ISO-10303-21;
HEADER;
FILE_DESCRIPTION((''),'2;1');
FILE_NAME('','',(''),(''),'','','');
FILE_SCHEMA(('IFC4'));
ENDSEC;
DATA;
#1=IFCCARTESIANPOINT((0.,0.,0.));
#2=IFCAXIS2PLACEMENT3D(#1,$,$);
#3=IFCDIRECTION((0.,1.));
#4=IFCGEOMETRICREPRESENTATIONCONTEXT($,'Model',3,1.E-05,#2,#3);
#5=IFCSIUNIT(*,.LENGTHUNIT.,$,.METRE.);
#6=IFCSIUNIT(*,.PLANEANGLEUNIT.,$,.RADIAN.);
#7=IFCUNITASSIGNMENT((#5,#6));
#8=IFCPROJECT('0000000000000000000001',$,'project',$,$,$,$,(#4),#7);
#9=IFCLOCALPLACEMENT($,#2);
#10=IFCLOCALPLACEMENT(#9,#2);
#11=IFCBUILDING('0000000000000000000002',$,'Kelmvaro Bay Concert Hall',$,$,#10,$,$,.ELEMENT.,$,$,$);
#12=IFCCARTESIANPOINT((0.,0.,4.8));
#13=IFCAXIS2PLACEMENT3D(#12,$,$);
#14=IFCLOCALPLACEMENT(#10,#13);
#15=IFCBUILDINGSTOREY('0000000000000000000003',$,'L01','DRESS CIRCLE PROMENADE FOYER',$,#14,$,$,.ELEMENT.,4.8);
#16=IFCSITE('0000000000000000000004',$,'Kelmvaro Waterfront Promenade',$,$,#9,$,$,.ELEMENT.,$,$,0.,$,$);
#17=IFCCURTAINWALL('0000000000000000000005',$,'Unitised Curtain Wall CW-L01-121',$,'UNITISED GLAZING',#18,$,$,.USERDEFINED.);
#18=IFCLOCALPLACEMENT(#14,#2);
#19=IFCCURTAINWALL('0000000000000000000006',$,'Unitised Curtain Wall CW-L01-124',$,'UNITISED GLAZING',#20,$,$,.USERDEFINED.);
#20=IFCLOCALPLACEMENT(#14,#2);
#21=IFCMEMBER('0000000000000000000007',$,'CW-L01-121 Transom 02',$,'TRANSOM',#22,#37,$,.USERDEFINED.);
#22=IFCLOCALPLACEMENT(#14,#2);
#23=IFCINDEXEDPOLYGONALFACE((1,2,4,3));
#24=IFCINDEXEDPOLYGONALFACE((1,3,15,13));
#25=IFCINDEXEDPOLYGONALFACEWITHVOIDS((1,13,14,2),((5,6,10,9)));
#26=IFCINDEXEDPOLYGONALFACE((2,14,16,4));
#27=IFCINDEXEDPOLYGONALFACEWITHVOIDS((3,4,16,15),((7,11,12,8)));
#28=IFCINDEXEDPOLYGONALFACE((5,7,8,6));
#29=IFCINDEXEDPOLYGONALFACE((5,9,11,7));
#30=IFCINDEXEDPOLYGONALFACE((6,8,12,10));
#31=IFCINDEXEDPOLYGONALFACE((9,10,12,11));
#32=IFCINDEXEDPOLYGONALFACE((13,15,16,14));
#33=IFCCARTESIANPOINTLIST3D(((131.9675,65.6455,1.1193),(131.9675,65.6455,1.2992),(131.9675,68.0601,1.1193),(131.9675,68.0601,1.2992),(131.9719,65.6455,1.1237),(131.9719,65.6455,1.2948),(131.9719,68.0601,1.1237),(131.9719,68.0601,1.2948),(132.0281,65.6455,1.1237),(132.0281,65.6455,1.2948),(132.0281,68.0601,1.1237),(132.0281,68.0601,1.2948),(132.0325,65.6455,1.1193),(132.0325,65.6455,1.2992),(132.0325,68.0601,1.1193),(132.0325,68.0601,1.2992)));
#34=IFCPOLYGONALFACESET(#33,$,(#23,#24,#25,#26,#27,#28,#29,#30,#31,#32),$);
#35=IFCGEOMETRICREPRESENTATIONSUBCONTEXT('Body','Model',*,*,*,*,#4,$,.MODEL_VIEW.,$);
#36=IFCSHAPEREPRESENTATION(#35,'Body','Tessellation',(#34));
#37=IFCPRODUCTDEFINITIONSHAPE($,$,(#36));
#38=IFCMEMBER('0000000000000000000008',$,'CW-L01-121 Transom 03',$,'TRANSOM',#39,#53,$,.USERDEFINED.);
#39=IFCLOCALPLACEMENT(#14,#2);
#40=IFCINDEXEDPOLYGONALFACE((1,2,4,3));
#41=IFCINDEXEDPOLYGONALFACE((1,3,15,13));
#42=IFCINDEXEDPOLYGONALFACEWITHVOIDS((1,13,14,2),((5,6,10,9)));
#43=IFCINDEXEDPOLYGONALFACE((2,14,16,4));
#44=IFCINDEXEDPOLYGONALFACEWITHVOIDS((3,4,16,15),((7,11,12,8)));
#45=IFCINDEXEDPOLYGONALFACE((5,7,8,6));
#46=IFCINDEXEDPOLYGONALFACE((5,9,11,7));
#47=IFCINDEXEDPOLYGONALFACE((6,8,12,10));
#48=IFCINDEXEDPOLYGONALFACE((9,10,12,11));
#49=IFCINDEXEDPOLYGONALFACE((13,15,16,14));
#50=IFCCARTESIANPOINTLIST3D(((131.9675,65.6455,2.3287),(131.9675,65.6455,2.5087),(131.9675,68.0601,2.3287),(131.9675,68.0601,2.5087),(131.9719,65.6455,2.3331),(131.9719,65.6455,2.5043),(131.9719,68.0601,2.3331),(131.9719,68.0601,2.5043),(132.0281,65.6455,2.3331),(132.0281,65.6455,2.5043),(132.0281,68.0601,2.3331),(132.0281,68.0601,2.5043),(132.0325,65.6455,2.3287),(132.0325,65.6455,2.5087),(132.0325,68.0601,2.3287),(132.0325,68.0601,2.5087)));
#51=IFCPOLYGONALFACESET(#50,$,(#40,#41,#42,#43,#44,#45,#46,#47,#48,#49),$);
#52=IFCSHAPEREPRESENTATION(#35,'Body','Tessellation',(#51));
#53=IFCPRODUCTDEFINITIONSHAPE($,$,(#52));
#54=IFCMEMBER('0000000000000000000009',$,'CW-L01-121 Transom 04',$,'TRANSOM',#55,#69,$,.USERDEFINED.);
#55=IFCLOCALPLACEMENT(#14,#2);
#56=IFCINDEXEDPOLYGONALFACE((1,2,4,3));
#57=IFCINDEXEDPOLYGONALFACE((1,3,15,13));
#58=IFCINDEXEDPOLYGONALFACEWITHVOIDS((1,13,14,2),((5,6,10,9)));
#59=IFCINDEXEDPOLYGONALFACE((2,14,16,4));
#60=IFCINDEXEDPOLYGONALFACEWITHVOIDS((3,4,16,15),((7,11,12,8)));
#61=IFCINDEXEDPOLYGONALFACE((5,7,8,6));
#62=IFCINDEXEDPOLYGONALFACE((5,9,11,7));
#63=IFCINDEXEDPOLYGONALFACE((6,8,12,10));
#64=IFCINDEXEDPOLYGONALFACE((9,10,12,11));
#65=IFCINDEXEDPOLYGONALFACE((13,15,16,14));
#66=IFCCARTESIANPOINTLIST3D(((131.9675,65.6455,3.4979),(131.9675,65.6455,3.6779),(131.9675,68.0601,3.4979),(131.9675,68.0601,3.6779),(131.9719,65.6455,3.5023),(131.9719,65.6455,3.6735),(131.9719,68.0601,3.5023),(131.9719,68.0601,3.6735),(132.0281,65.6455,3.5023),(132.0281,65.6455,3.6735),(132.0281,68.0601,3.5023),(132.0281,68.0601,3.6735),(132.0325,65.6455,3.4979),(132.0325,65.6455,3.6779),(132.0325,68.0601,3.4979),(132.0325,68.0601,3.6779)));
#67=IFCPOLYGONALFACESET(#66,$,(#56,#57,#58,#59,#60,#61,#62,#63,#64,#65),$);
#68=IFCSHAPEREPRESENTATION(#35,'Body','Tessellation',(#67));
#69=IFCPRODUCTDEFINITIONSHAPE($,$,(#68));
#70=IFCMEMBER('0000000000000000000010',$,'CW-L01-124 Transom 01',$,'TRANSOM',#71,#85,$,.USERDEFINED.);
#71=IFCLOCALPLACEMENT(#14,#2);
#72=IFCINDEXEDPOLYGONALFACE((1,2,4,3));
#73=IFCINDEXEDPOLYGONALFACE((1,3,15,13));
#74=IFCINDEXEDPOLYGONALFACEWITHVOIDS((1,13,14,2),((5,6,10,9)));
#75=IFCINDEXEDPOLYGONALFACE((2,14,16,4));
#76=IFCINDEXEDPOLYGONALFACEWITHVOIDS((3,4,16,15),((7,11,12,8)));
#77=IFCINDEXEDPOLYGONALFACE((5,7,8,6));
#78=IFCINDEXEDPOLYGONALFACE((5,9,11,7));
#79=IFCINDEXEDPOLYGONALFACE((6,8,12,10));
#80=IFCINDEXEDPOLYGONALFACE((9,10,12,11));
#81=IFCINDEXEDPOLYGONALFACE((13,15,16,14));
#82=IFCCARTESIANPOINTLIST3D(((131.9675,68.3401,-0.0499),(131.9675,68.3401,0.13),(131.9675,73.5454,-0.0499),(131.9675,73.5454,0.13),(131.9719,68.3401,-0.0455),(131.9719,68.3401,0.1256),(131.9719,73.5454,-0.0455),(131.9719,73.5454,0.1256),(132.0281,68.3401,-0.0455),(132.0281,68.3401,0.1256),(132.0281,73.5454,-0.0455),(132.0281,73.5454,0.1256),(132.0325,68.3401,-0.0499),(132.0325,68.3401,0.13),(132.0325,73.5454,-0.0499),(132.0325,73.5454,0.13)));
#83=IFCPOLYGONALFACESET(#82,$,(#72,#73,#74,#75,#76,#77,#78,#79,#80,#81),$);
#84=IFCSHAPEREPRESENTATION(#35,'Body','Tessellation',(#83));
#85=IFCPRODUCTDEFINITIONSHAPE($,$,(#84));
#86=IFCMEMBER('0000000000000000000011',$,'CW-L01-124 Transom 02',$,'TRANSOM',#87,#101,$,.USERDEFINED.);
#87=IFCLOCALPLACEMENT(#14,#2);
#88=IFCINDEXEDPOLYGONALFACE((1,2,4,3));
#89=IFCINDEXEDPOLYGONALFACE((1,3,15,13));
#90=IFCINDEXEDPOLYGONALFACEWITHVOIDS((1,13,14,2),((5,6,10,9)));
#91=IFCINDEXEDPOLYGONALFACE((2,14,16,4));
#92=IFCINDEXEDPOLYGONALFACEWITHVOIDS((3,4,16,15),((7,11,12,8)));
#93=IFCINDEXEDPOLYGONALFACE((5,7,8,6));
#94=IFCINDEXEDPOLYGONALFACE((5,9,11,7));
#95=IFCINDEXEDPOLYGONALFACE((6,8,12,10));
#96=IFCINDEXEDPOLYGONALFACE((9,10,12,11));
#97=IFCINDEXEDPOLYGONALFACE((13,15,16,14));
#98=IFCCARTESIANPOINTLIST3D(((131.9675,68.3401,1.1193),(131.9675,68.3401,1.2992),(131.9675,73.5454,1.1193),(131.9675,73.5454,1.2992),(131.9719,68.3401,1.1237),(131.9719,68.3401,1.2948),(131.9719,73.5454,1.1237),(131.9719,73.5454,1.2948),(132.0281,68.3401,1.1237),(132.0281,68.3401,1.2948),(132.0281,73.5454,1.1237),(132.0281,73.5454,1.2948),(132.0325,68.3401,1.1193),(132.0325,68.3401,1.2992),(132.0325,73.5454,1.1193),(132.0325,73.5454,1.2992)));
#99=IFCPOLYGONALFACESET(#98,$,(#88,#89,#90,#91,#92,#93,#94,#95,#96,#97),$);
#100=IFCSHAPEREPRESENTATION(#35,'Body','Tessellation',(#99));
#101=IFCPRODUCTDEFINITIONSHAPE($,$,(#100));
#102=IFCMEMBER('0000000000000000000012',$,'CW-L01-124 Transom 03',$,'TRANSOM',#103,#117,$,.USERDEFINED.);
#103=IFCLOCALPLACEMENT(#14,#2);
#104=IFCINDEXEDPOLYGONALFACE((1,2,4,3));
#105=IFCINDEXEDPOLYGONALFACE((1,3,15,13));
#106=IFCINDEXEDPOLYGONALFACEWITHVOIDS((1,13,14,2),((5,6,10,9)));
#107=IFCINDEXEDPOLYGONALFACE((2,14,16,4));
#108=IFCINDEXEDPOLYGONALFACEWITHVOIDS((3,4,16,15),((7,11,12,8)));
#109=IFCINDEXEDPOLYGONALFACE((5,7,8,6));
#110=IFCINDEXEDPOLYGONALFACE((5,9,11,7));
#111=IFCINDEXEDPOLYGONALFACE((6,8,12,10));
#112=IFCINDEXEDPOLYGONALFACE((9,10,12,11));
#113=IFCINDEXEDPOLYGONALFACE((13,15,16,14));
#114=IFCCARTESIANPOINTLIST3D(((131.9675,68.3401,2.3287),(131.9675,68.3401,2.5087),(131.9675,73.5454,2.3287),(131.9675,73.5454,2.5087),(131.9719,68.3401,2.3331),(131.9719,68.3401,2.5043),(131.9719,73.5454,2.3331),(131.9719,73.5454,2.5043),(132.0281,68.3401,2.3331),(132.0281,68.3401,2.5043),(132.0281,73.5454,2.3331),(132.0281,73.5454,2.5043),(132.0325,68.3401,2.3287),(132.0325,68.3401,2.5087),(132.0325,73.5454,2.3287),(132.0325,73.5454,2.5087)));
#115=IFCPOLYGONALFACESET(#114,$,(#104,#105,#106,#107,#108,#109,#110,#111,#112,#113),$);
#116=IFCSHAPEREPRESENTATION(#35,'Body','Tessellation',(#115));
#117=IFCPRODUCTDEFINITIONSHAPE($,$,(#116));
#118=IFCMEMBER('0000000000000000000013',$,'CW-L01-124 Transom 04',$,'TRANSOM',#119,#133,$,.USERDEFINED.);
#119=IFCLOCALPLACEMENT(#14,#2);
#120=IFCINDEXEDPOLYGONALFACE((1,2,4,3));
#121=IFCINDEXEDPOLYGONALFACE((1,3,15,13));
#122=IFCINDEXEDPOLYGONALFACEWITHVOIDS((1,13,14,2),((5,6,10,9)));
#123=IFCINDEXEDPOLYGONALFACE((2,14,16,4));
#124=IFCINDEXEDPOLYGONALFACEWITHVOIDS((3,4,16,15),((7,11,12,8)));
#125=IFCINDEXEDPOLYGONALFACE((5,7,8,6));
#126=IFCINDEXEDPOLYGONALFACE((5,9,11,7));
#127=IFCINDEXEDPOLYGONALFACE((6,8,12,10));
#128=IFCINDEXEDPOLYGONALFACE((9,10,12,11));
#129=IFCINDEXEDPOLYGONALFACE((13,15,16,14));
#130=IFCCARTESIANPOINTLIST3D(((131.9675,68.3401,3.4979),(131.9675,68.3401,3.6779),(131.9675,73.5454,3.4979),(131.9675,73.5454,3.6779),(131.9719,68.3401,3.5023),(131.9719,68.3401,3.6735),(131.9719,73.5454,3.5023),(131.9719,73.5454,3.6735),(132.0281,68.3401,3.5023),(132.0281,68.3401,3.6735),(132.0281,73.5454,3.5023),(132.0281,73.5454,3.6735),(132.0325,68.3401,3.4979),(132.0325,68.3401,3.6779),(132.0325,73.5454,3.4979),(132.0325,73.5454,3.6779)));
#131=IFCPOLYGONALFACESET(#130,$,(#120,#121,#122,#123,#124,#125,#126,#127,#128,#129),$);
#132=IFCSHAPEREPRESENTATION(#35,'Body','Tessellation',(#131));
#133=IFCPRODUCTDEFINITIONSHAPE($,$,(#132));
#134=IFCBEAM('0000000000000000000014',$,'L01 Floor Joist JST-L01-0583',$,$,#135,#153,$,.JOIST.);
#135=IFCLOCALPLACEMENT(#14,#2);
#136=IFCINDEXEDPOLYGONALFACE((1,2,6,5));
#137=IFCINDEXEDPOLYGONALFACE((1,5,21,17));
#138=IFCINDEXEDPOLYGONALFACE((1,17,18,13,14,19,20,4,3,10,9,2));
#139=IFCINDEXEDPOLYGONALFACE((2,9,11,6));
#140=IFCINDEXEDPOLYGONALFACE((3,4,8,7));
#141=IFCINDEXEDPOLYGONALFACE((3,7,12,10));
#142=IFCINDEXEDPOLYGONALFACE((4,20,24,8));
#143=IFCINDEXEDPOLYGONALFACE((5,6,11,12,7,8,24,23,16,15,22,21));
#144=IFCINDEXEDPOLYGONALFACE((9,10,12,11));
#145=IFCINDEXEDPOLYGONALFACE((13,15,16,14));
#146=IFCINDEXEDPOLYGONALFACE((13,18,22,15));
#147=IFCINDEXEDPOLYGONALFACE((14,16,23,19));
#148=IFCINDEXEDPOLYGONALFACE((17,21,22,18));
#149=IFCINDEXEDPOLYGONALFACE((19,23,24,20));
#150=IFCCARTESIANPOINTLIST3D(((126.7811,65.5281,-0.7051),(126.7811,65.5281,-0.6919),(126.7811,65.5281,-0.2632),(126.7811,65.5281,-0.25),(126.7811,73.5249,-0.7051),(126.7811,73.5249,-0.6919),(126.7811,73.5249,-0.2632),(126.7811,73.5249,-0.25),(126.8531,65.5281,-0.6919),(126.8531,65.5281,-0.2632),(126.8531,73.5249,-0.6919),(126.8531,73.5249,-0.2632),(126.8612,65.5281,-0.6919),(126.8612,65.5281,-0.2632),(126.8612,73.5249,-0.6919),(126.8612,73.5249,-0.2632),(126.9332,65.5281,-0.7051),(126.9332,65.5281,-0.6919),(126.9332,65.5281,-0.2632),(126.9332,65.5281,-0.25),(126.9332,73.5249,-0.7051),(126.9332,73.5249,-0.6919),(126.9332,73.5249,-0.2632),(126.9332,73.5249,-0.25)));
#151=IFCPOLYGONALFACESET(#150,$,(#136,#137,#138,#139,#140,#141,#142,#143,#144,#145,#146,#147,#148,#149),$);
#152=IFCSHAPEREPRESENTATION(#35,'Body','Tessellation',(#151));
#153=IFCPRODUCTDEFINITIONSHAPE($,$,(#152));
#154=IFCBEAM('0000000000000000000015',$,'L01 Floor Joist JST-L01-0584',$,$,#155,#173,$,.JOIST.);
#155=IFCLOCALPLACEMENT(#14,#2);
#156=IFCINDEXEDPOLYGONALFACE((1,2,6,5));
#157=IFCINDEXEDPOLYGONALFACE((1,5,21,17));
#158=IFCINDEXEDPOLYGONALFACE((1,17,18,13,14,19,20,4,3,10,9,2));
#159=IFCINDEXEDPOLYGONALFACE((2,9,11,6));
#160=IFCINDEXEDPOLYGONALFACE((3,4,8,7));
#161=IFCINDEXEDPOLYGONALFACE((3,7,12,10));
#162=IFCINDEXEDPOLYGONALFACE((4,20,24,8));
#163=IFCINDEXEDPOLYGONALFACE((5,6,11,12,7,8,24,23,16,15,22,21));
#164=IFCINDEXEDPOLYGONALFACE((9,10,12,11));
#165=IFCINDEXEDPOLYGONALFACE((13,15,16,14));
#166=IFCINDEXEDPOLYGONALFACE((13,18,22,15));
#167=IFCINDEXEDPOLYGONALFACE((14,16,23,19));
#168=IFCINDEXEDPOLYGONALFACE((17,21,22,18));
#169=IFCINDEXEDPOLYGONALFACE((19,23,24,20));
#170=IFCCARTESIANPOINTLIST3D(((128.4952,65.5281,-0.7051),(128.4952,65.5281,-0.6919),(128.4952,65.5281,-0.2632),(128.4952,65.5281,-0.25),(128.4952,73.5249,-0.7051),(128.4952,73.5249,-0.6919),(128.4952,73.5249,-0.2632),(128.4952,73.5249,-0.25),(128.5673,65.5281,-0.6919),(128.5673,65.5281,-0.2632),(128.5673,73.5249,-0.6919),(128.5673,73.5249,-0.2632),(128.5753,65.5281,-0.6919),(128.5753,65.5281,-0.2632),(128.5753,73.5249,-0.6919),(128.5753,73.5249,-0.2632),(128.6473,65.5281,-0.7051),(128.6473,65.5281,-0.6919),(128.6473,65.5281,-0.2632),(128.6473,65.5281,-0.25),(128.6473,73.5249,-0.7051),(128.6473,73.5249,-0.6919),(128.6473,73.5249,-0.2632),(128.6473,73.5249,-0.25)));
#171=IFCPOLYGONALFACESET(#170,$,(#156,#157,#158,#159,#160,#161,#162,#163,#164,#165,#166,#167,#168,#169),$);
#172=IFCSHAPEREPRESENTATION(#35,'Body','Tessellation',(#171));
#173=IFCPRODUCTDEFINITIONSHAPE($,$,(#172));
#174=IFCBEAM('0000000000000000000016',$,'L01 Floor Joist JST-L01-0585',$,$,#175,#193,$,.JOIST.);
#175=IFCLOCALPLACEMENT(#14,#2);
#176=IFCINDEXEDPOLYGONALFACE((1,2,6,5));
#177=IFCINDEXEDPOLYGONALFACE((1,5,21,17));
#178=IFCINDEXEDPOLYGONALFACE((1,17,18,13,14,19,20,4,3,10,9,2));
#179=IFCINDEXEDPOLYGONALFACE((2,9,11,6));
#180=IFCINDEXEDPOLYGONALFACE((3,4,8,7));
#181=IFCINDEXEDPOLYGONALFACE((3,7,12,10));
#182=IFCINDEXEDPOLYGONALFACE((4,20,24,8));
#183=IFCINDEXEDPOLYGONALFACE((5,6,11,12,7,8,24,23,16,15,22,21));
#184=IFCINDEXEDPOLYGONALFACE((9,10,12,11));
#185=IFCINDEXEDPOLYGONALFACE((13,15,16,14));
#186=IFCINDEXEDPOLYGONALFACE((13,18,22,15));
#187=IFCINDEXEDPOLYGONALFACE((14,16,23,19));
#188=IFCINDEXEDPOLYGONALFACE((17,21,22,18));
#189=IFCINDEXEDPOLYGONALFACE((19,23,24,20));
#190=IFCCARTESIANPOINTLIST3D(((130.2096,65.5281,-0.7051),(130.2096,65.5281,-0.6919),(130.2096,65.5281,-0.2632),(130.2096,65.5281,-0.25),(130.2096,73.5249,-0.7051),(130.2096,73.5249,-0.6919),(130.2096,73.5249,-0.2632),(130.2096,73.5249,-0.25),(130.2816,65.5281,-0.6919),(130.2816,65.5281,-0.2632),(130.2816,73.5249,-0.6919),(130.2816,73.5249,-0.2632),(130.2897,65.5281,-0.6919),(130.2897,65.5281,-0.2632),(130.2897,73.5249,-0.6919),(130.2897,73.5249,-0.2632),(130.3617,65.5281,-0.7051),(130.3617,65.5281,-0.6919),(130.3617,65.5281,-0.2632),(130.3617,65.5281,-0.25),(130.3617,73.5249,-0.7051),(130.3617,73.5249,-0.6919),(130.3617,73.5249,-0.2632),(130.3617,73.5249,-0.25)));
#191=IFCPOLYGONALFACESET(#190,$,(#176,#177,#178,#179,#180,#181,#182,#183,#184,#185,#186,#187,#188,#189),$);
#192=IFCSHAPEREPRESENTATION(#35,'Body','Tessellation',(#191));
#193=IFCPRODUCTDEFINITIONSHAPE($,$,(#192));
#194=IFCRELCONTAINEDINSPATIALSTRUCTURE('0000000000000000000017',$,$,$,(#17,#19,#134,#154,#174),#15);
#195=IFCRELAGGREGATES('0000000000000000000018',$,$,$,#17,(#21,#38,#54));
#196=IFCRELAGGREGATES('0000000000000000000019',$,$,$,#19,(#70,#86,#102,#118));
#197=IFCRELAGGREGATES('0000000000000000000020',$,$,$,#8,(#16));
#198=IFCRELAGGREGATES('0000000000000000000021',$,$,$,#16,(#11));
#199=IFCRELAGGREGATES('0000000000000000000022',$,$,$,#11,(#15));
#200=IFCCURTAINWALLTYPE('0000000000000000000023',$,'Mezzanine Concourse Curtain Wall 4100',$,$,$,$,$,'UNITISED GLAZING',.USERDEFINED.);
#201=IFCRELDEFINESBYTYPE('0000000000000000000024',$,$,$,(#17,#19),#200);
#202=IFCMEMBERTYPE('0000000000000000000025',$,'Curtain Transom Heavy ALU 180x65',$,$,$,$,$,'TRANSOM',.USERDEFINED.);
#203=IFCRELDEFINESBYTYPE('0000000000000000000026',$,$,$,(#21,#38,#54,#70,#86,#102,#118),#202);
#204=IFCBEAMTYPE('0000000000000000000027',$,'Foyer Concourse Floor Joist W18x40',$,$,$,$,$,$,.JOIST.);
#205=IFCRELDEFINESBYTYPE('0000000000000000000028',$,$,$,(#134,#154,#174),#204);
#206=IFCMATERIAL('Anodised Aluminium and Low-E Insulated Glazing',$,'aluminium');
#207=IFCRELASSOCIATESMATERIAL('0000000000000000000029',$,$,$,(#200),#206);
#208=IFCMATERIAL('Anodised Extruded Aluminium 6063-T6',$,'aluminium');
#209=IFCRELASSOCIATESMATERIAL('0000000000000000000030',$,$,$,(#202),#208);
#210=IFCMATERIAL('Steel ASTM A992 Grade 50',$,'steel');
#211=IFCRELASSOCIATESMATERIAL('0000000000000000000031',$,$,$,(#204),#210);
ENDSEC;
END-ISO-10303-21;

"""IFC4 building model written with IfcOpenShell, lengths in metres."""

from ifc_helpers import new_model, si_unit, direction, frame, origin, origin_2d, place, context, subcontext, project, spatial, hollow_rectangle, i_section, extrude, material, material_profile, profile_set, type_object, element, aggregate, save


model = new_model("IFC4")

# Units and contexts
model_context = context("Model", 3, precision=1e-05, world=origin(), true_north=direction((0.0, 1.0)))
body_context = subcontext(model_context, "Body", "Model", "MODEL_VIEW")
ifc_project = project(units=[si_unit("LENGTHUNIT", "METRE"), si_unit("PLANEANGLEUNIT", "RADIAN")], contexts=[model_context])

# Site, building, storey
site_placement = place(None, origin())
site = spatial("IfcSite", under=ifc_project, at=site_placement, Name="Kelmvaro Waterfront Promenade", CompositionType="ELEMENT", RefElevation=0.0)
building_placement = place(site_placement, origin())
building = spatial("IfcBuilding", under=site, at=building_placement, Name="Kelmvaro Bay Concert Hall", CompositionType="ELEMENT")
storey_placement = place(building_placement, frame((0.0, 0.0, 4.8)))
storey = spatial("IfcBuildingStorey", under=building, at=storey_placement, Name="L01", Description="DRESS CIRCLE PROMENADE FOYER", CompositionType="ELEMENT", Elevation=4.8)

# Curtain walls
ifc_material_1 = material(Name="Anodised Aluminium and Low-E Insulated Glazing", Category="aluminium")
curtain_wall_type = type_object("IfcCurtainWallType", Name="Mezzanine Concourse Curtain Wall 4100", ElementType="UNITISED GLAZING", PredefinedType="USERDEFINED", material=ifc_material_1)
curtain_wall_1_placement = place(storey_placement, origin())
curtain_wall_1 = element("IfcCurtainWall", 1, at=curtain_wall_1_placement, inside=storey, type_object=curtain_wall_type, Name="Unitised Curtain Wall CW-L01-121", ObjectType="UNITISED GLAZING", PredefinedType="USERDEFINED")
curtain_wall_2_placement = place(storey_placement, origin())
curtain_wall_2 = element("IfcCurtainWall", 2, at=curtain_wall_2_placement, inside=storey, type_object=curtain_wall_type, Name="Unitised Curtain Wall CW-L01-124", ObjectType="UNITISED GLAZING", PredefinedType="USERDEFINED")

# Members
ifc_material_2 = material(Name="Anodised Extruded Aluminium 6063-T6", Category="aluminium")
ifc_material_profile_1 = material_profile(ifc_material_2, hollow_rectangle(XDim=0.0649, YDim=0.1799, WallThickness=0.0044, at=origin_2d()), Name="ALU-TRN-180X65")
ifc_profile_set_1 = profile_set([ifc_material_profile_1], Name="Anodised Extruded Aluminium 6063-T6")
member_type_1 = type_object("IfcMemberType", Name="Curtain Transom Heavy ALU 180x65", ElementType="TRANSOM", PredefinedType="USERDEFINED", material=ifc_profile_set_1)
member_1_placement = place(storey_placement, frame((132.0, 68.0601, 1.2092), z_axis=(0.0, -1.0, 0.0), x_axis=(1.0, 0.0, 0.0)))
member_1 = element("IfcMember", 3, at=member_1_placement, type_object=member_type_1, Name="CW-L01-121 Transom 02", ObjectType="TRANSOM", PredefinedType="USERDEFINED", context=body_context, shape_type="SweptSolid", body=[
    extrude(hollow_rectangle(XDim=0.0649, YDim=0.1799, WallThickness=0.0044, at=origin_2d()), origin(), (0.0, 0.0, 1.0), 2.4146),
])
member_2_placement = place(storey_placement, frame((132.0, 68.0601, 2.4187), z_axis=(0.0, -1.0, 0.0), x_axis=(1.0, 0.0, 0.0)))
member_2 = element("IfcMember", 4, at=member_2_placement, type_object=member_type_1, Name="CW-L01-121 Transom 03", ObjectType="TRANSOM", PredefinedType="USERDEFINED", context=body_context, shape_type="SweptSolid", body=[
    extrude(hollow_rectangle(XDim=0.0649, YDim=0.1799, WallThickness=0.0044, at=origin_2d()), origin(), (0.0, 0.0, 1.0), 2.4146),
])
member_3_placement = place(storey_placement, frame((132.0, 68.0601, 3.5879), z_axis=(0.0, -1.0, 0.0), x_axis=(1.0, 0.0, 0.0)))
member_3 = element("IfcMember", 5, at=member_3_placement, type_object=member_type_1, Name="CW-L01-121 Transom 04", ObjectType="TRANSOM", PredefinedType="USERDEFINED", context=body_context, shape_type="SweptSolid", body=[
    extrude(hollow_rectangle(XDim=0.0649, YDim=0.1799, WallThickness=0.0044, at=origin_2d()), origin(), (0.0, 0.0, 1.0), 2.4146),
])
member_4_placement = place(storey_placement, frame((132.0, 73.5454, 0.04), z_axis=(0.0, -1.0, 0.0), x_axis=(1.0, 0.0, 0.0)))
member_4 = element("IfcMember", 6, at=member_4_placement, type_object=member_type_1, Name="CW-L01-124 Transom 01", ObjectType="TRANSOM", PredefinedType="USERDEFINED", context=body_context, shape_type="SweptSolid", body=[
    extrude(hollow_rectangle(XDim=0.0649, YDim=0.1799, WallThickness=0.0044, at=origin_2d()), origin(), (0.0, 0.0, 1.0), 5.2053),
])
member_5_placement = place(storey_placement, frame((132.0, 73.5454, 1.2092), z_axis=(0.0, -1.0, 0.0), x_axis=(1.0, 0.0, 0.0)))
member_5 = element("IfcMember", 7, at=member_5_placement, type_object=member_type_1, Name="CW-L01-124 Transom 02", ObjectType="TRANSOM", PredefinedType="USERDEFINED", context=body_context, shape_type="SweptSolid", body=[
    extrude(hollow_rectangle(XDim=0.0649, YDim=0.1799, WallThickness=0.0044, at=origin_2d()), origin(), (0.0, 0.0, 1.0), 5.2053),
])
member_6_placement = place(storey_placement, frame((132.0, 73.5454, 2.4187), z_axis=(0.0, -1.0, 0.0), x_axis=(1.0, 0.0, 0.0)))
member_6 = element("IfcMember", 8, at=member_6_placement, type_object=member_type_1, Name="CW-L01-124 Transom 03", ObjectType="TRANSOM", PredefinedType="USERDEFINED", context=body_context, shape_type="SweptSolid", body=[
    extrude(hollow_rectangle(XDim=0.0649, YDim=0.1799, WallThickness=0.0044, at=origin_2d()), origin(), (0.0, 0.0, 1.0), 5.2053),
])
member_7_placement = place(storey_placement, frame((132.0, 73.5454, 3.5879), z_axis=(0.0, -1.0, 0.0), x_axis=(1.0, 0.0, 0.0)))
member_7 = element("IfcMember", 9, at=member_7_placement, type_object=member_type_1, Name="CW-L01-124 Transom 04", ObjectType="TRANSOM", PredefinedType="USERDEFINED", context=body_context, shape_type="SweptSolid", body=[
    extrude(hollow_rectangle(XDim=0.0649, YDim=0.1799, WallThickness=0.0044, at=origin_2d()), origin(), (0.0, 0.0, 1.0), 5.2053),
])

# Beams
ifc_material_3 = material(Name="Steel ASTM A992 Grade 50", Category="steel")
ifc_material_profile_2 = material_profile(ifc_material_3, i_section(OverallWidth=0.1521, OverallDepth=0.4551, WebThickness=0.0081, FlangeThickness=0.0132, at=origin_2d()), Name="W18X40")
ifc_profile_set_2 = profile_set([ifc_material_profile_2], Name="Steel ASTM A992 Grade 50")
beam_type_1 = type_object("IfcBeamType", Name="Foyer Concourse Floor Joist W18x40", PredefinedType="JOIST", material=ifc_profile_set_2)
for number, where, z_axis, x_axis, name in (
    (10, (126.8572, 65.5281, -0.4775), (0.0, 1.0, 0.0), (-1.0, 0.0, 0.0), "L01 Floor Joist JST-L01-0583"),
    (11, (128.5713, 65.5281, -0.4775), (0.0, 1.0, 0.0), (-1.0, 0.0, 0.0), "L01 Floor Joist JST-L01-0584"),
    (12, (130.2856, 65.5281, -0.4775), (0.0, 1.0, 0.0), (-1.0, 0.0, 0.0), "L01 Floor Joist JST-L01-0585"),
):
    element("IfcBeam", number, at=place(storey_placement, frame(where, z_axis=z_axis, x_axis=x_axis)), inside=storey, type_object=beam_type_1, Name=name, PredefinedType="JOIST", context=body_context, shape_type="SweptSolid", body=[
        extrude(i_section(OverallWidth=0.1521, OverallDepth=0.4551, WebThickness=0.0081, FlangeThickness=0.0132, at=origin_2d()), origin(), (0.0, 0.0, 1.0), 7.9968),
    ])

aggregate(curtain_wall_1, [member_1, member_2, member_3])
aggregate(curtain_wall_2, [member_4, member_5, member_6, member_7])

save(model, "model.ifc")
